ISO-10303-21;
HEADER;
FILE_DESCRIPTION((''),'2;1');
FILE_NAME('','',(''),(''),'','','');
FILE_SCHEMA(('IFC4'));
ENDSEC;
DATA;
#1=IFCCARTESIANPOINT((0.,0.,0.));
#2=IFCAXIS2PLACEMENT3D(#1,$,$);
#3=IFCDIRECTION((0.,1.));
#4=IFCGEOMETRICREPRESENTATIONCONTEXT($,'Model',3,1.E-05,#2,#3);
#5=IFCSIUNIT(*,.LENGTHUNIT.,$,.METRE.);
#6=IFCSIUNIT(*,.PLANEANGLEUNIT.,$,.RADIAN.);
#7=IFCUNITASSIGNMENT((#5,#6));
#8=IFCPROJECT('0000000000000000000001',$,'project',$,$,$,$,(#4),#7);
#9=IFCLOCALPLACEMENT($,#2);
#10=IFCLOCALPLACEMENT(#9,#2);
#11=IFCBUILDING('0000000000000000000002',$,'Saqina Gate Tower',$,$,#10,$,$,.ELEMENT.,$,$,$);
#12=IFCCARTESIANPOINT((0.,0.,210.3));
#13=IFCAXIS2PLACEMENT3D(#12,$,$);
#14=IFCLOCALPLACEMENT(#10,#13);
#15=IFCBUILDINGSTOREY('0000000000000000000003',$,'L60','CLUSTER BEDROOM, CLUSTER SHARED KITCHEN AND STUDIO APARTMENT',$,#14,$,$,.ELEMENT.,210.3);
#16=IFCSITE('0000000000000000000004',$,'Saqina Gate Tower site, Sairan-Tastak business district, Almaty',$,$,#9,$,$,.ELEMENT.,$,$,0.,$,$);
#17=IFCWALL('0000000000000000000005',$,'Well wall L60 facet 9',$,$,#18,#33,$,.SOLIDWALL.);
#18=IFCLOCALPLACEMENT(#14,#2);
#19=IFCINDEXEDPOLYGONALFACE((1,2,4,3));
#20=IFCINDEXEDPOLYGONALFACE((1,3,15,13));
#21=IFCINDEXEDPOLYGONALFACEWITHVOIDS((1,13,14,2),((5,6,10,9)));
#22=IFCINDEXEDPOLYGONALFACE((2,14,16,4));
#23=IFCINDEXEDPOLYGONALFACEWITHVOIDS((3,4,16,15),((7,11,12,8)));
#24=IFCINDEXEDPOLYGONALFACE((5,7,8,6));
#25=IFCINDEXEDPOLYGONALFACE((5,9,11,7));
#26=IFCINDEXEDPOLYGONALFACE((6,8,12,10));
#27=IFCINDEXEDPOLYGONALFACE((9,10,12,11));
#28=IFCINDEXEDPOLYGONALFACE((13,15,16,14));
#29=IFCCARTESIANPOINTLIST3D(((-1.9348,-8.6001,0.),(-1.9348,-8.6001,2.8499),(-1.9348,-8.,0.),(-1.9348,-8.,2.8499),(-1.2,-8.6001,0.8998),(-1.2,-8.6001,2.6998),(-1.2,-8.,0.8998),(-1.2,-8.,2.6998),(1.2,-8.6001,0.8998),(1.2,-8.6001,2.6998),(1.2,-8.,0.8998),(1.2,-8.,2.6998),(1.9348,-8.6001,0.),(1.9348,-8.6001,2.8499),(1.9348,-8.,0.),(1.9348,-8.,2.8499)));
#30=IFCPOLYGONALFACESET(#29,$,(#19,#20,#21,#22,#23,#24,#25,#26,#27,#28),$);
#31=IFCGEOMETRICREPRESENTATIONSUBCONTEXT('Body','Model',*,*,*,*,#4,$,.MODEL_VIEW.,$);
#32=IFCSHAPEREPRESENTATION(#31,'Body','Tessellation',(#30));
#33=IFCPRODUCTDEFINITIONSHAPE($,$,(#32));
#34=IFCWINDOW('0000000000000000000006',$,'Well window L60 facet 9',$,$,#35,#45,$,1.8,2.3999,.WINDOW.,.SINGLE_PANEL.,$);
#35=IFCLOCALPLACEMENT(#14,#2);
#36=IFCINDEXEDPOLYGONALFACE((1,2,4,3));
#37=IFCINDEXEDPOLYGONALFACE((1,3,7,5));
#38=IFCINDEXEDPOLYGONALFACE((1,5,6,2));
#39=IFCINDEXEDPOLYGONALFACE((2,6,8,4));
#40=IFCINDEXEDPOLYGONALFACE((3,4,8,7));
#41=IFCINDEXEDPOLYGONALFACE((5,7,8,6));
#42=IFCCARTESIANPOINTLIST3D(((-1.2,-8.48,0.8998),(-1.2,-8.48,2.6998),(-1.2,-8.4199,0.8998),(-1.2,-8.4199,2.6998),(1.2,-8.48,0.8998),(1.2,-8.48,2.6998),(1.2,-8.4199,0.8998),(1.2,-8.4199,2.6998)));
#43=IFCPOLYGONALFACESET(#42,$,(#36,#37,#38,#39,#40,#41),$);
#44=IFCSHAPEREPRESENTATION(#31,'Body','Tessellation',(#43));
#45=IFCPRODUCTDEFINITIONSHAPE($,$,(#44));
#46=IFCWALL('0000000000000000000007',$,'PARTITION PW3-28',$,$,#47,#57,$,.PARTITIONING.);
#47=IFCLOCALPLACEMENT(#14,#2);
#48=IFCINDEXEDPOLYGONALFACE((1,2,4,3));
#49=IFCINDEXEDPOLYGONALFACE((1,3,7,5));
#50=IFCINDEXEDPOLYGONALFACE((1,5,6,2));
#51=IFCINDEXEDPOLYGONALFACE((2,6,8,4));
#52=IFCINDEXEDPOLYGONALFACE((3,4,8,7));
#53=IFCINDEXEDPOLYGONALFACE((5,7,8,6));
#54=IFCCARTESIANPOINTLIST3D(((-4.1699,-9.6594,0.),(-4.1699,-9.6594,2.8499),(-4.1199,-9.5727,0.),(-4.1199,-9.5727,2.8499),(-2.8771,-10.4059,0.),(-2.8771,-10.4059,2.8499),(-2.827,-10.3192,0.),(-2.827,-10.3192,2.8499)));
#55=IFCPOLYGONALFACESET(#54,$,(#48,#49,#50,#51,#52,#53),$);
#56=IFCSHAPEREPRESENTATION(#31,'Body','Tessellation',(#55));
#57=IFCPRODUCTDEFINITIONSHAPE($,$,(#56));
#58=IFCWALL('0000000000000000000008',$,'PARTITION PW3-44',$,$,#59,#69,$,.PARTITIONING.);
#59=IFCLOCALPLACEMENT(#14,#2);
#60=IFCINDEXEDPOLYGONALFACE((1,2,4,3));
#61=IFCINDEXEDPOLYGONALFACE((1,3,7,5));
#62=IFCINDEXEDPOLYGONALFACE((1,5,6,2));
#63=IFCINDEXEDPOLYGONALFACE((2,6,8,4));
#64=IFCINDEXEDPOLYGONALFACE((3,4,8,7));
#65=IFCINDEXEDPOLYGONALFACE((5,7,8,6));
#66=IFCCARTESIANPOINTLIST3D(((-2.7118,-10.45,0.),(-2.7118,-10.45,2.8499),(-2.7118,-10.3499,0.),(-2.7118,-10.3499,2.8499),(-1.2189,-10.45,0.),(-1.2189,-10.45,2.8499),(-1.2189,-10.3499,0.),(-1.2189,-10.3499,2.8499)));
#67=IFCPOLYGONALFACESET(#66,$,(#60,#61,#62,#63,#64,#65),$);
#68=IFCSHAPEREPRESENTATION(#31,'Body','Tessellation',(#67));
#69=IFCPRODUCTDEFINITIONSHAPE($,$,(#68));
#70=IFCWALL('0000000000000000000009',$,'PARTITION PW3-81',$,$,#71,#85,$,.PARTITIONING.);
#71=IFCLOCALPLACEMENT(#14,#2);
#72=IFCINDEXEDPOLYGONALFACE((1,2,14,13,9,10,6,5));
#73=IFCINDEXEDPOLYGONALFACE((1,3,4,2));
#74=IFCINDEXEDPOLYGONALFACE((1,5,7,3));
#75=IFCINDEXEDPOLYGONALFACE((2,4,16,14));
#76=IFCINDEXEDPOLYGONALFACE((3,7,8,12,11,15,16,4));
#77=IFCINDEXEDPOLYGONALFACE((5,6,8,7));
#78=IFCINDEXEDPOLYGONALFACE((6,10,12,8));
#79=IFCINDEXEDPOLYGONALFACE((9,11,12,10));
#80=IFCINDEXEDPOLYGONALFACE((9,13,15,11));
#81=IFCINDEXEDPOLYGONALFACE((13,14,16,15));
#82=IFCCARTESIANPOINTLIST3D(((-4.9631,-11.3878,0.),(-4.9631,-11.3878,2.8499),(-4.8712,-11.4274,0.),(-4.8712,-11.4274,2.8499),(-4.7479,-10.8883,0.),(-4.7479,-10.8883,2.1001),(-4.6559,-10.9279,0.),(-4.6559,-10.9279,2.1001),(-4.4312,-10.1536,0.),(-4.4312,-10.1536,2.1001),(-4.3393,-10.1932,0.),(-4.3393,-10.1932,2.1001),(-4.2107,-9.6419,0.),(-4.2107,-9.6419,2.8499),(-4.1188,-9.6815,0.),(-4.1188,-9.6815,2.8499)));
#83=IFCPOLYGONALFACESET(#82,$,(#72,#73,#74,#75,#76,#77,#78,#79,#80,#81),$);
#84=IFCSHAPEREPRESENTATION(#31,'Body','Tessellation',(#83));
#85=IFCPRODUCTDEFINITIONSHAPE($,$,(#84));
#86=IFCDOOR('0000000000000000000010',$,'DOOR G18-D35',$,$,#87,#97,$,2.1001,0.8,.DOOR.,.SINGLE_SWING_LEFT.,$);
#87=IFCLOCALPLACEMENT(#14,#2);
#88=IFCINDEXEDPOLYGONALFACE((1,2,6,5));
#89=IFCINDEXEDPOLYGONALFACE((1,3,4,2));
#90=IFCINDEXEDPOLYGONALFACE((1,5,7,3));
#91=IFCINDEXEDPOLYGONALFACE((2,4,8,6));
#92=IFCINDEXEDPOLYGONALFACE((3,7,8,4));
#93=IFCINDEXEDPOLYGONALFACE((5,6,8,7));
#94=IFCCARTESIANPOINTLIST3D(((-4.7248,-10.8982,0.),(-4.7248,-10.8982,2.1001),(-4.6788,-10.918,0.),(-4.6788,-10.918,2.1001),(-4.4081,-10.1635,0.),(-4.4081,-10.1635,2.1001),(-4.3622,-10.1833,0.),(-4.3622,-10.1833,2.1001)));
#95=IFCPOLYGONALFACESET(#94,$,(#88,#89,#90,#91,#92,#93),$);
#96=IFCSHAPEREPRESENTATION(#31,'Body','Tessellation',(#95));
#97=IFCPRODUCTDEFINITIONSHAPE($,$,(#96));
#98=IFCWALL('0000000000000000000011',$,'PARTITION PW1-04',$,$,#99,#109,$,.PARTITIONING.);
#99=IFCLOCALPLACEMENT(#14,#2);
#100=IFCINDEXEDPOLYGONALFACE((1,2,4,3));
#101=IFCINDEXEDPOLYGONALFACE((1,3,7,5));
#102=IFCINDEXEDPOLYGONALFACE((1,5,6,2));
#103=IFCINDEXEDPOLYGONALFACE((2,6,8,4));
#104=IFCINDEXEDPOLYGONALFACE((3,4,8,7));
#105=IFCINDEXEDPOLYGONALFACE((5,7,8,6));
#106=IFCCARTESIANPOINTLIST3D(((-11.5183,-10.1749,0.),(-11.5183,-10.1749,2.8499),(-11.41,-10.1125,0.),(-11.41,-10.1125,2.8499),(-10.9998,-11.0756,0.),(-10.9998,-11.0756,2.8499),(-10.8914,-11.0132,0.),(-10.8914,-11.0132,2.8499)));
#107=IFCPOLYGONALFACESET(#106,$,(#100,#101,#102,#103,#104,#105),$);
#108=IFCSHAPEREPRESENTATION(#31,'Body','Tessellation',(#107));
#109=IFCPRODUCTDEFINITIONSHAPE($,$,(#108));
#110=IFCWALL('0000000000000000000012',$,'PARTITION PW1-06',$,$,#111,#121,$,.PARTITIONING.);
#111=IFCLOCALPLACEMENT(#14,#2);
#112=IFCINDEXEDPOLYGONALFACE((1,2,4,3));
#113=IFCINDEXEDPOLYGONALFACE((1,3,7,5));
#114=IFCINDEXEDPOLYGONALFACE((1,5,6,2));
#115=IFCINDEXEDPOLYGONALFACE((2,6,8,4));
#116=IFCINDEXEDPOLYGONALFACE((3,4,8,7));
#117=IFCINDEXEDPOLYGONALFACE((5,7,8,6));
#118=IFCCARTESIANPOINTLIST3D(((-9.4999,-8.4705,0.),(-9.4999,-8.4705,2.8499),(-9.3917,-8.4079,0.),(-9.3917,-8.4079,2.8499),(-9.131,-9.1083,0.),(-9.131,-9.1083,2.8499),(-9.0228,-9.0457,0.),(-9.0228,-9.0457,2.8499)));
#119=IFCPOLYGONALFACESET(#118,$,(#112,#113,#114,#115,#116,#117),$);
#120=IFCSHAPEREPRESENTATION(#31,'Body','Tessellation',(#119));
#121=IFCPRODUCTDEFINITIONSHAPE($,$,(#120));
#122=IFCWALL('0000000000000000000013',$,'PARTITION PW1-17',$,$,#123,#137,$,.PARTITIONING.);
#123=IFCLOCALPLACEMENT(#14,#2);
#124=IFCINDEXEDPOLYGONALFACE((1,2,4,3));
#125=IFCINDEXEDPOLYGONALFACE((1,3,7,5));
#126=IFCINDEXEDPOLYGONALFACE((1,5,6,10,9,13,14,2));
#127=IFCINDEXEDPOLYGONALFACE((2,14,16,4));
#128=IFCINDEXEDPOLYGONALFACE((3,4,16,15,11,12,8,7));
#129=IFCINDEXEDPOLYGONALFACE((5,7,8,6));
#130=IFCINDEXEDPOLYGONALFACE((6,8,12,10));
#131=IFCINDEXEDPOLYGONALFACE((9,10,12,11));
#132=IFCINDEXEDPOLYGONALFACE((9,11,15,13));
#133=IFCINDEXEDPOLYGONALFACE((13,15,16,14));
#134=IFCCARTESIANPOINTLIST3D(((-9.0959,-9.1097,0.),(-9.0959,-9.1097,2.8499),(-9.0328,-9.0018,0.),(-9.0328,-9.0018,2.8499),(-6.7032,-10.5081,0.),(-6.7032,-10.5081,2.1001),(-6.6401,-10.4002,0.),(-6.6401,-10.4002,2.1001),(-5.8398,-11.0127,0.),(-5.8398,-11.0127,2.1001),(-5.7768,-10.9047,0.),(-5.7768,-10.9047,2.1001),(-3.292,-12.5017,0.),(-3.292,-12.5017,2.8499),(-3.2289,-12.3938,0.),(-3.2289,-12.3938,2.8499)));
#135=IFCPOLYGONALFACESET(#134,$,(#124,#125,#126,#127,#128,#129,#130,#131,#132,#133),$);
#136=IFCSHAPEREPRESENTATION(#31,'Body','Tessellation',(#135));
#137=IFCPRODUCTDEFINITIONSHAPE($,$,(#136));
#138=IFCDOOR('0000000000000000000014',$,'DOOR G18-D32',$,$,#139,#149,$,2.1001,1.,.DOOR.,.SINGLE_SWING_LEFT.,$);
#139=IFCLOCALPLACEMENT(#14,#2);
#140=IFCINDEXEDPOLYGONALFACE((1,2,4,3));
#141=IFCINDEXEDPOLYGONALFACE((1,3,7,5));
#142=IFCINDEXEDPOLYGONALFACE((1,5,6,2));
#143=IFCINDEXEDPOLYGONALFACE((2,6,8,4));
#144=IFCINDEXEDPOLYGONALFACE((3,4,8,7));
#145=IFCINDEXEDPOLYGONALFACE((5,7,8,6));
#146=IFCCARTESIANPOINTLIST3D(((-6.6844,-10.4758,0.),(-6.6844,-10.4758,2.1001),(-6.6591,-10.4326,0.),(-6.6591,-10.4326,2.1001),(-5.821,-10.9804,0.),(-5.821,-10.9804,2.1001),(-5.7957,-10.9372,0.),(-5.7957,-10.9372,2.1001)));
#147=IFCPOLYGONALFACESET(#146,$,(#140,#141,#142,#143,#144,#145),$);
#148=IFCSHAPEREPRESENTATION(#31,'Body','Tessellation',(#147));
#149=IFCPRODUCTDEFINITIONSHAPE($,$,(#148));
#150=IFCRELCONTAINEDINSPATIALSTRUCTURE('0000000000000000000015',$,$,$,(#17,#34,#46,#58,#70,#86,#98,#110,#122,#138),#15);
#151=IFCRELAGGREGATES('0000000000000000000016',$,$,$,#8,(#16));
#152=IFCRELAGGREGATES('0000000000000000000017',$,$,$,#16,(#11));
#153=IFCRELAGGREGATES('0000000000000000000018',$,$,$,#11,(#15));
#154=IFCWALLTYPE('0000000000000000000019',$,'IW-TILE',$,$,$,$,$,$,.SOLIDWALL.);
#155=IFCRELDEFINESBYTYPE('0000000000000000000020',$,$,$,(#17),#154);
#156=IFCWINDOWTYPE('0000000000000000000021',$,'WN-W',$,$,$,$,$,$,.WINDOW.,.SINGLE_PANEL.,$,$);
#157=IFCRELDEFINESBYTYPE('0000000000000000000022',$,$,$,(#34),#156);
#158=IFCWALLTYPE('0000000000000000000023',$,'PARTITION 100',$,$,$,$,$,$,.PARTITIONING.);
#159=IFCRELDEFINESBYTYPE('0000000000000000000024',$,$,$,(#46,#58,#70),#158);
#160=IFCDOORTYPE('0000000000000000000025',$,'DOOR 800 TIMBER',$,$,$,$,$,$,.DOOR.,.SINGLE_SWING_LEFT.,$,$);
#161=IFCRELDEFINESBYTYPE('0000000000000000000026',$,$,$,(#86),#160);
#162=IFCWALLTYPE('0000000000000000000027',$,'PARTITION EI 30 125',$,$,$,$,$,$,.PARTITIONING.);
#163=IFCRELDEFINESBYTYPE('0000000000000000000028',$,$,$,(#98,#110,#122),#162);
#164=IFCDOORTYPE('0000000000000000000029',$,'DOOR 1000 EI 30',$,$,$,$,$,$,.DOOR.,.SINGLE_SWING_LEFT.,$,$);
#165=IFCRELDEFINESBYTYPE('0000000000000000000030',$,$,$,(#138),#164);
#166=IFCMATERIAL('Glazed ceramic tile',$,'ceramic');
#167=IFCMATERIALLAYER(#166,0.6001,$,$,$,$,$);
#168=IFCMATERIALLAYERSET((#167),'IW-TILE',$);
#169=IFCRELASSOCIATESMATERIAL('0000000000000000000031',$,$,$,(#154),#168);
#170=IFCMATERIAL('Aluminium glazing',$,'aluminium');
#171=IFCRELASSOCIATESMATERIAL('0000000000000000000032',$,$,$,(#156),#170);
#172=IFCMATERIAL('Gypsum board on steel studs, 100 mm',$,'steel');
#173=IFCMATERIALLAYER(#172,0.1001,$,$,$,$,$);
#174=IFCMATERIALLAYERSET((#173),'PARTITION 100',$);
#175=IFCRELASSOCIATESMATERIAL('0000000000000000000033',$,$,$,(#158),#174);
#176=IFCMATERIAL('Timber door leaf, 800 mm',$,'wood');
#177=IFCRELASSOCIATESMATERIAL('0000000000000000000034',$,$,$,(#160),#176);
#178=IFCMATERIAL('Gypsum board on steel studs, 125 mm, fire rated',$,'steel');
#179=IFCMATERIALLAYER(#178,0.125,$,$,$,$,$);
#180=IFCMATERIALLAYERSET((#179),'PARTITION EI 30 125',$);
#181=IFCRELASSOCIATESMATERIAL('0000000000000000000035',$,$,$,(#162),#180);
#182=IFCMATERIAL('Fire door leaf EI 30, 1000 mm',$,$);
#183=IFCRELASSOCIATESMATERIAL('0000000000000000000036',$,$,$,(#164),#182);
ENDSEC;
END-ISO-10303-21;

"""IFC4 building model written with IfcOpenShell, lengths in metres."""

from ifc_helpers import new_model, si_unit, direction, frame, frame_2d, origin, place, context, subcontext, project, spatial, rectangle, extrude, material, layer, layer_set, type_object, element, fill, save


model = new_model("IFC4")

# Units and contexts
model_context = context("Model", 3, precision=1e-05, world=origin(), true_north=direction((0.0, 1.0)))
body_context = subcontext(model_context, "Body", "Model", "MODEL_VIEW")
ifc_project = project(units=[si_unit("LENGTHUNIT", "METRE"), si_unit("PLANEANGLEUNIT", "RADIAN")], contexts=[model_context])

# Site, building, storey
site_placement = place(None, origin())
site = spatial("IfcSite", under=ifc_project, at=site_placement, Name="Saqina Gate Tower site, Sairan-Tastak business district, Almaty", CompositionType="ELEMENT", RefElevation=0.0)
building_placement = place(site_placement, origin())
building = spatial("IfcBuilding", under=site, at=building_placement, Name="Saqina Gate Tower", CompositionType="ELEMENT")
storey_placement = place(building_placement, frame((0.0, 0.0, 210.3)))
storey = spatial("IfcBuildingStorey", under=building, at=storey_placement, Name="L60", Description="CLUSTER BEDROOM, CLUSTER SHARED KITCHEN AND STUDIO APARTMENT", CompositionType="ELEMENT", Elevation=210.3)

# Wall, opening, window
ifc_material_1 = material(Name="Glazed ceramic tile", Category="ceramic")
ifc_layer_1 = layer(ifc_material_1, 0.6001)
ifc_layer_set_1 = layer_set([ifc_layer_1], Name="IW-TILE")
wall_type_1 = type_object("IfcWallType", Name="IW-TILE", PredefinedType="SOLIDWALL", material=ifc_layer_set_1)
ifc_material_2 = material(Name="Aluminium glazing", Category="aluminium")
window_type = type_object("IfcWindowType", Name="WN-W", PartitioningType="SINGLE_PANEL", PredefinedType="WINDOW", material=ifc_material_2)
wall_1_placement = place(storey_placement, frame((-1.9348, -8.3, 0.0), z_axis=(0.0, 0.0, 1.0), x_axis=(1.0, 0.0, 0.0)))
wall_1 = element("IfcWall", 1, at=wall_1_placement, inside=storey, type_object=wall_type_1, Name="Well wall L60 facet 9", PredefinedType="SOLIDWALL", context=body_context, shape_type="SweptSolid", body=[
    extrude(rectangle(XDim=3.8696, YDim=0.6001, at=frame_2d((1.9348, 0.0))), origin(), (0.0, 0.0, 1.0), 2.8499),
])
opening_1_placement = place(wall_1_placement, frame((0.7349, 0.0, 0.8999)))
opening_1 = element("IfcOpeningElement", 2, at=opening_1_placement, cuts=wall_1, PredefinedType="OPENING", context=body_context, shape_type="SweptSolid", body=[
    extrude(rectangle(XDim=2.3999, YDim=1.8, at=frame_2d((1.2, 0.8999))), frame((0.0, 0.312, 0.0), z_axis=(0.0, -1.0, 0.0), x_axis=(1.0, 0.0, 0.0)), (0.0, 0.0, 1.0), 0.624),
])
window_1_placement = place(opening_1_placement, origin())
window_1 = element("IfcWindow", 3, at=window_1_placement, inside=storey, type_object=window_type, Name="Well window L60 facet 9", OverallHeight=1.8, OverallWidth=2.3999, PartitioningType="SINGLE_PANEL", PredefinedType="WINDOW", context=body_context, shape_type="SweptSolid", body=[
    extrude(rectangle(XDim=2.3999, YDim=1.8, at=frame_2d((1.2, 0.8999))), frame((0.0, -0.1199, 0.0), z_axis=(0.0, -1.0, 0.0), x_axis=(1.0, 0.0, 0.0)), (0.0, 0.0, 1.0), 0.0601),
])
fill(opening_1, window_1)

# Walls
ifc_material_3 = material(Name="Gypsum board on steel studs, 100 mm", Category="steel")
ifc_layer_2 = layer(ifc_material_3, 0.1001)
ifc_layer_set_2 = layer_set([ifc_layer_2], Name="PARTITION 100")
wall_type_2 = type_object("IfcWallType", Name="PARTITION 100", PredefinedType="PARTITIONING", material=ifc_layer_set_2)
for number, where, z_axis, x_axis, name in (
    (4, (-4.145, -9.616, 0.0), (0.0, 0.0, 1.0), (0.866, -0.500043, 0.0), "PARTITION PW3-28"),
    (5, (-2.7119, -10.3999, 0.0), (0.0, 0.0, 1.0), (1.0, 0.0, 0.0), "PARTITION PW3-44"),
):
    element("IfcWall", number, at=place(storey_placement, frame(where, z_axis=z_axis, x_axis=x_axis)), inside=storey, type_object=wall_type_2, Name=name, PredefinedType="PARTITIONING", context=body_context, shape_type="SweptSolid", body=[
        extrude(rectangle(XDim=1.4929, YDim=0.1001, at=frame_2d((0.7466, 0.0))), origin(), (0.0, 0.0, 1.0), 2.8499),
    ])

# Wall, opening, door
wall_2_placement = place(storey_placement, frame((-4.9172, -11.4077, 0.0), z_axis=(0.0, 0.0, 1.0), x_axis=(0.395794, 0.918339, 0.0)))
wall_2 = element("IfcWall", 6, at=wall_2_placement, inside=storey, type_object=wall_type_2, Name="PARTITION PW3-81", PredefinedType="PARTITIONING", context=body_context, shape_type="SweptSolid", body=[
    extrude(rectangle(XDim=1.9011, YDim=0.1001, at=frame_2d((0.9507, 0.0))), origin(), (0.0, 0.0, 1.0), 2.8499),
])
opening_2_placement = place(wall_2_placement, frame((0.5442, 0.0, 0.0)))
opening_2 = element("IfcOpeningElement", 7, at=opening_2_placement, cuts=wall_2, PredefinedType="OPENING", context=body_context, shape_type="SweptSolid", body=[
    extrude(rectangle(XDim=0.8, YDim=2.1001, at=frame_2d((0.3999, 1.05))), frame((0.0, 0.062, 0.0), z_axis=(0.0, -1.0, 0.0), x_axis=(1.0, 0.0, 0.0)), (0.0, 0.0, 1.0), 0.124),
])
ifc_material_4 = material(Name="Timber door leaf, 800 mm", Category="wood")
door_type_1 = type_object("IfcDoorType", Name="DOOR 800 TIMBER", OperationType="SINGLE_SWING_LEFT", PredefinedType="DOOR", material=ifc_material_4)
door_1_placement = place(opening_2_placement, origin())
door_1 = element("IfcDoor", 8, at=door_1_placement, inside=storey, type_object=door_type_1, Name="DOOR G18-D35", OperationType="SINGLE_SWING_LEFT", OverallHeight=2.1001, OverallWidth=0.8, PredefinedType="DOOR", context=body_context, shape_type="SweptSolid", body=[
    extrude(rectangle(XDim=0.8, YDim=2.1001, at=frame_2d((0.3999, 1.05))), frame((0.0, 0.0249, 0.0), z_axis=(0.0, -1.0, 0.0), x_axis=(1.0, 0.0, 0.0)), (0.0, 0.0, 1.0), 0.05),
])
fill(opening_2, door_1)

# Walls
ifc_material_5 = material(Name="Gypsum board on steel studs, 125 mm, fire rated", Category="steel")
ifc_layer_3 = layer(ifc_material_5, 0.125)
ifc_layer_set_3 = layer_set([ifc_layer_3], Name="PARTITION EI 30 125")
wall_type_3 = type_object("IfcWallType", Name="PARTITION EI 30 125", PredefinedType="PARTITIONING", material=ifc_layer_set_3)
wall_3_placement = place(storey_placement, frame((-11.4641, -10.1438, 0.0), z_axis=(0.0, 0.0, 1.0), x_axis=(0.49897, -0.866619, 0.0)))
element("IfcWall", 9, at=wall_3_placement, inside=storey, type_object=wall_type_3, Name="PARTITION PW1-04", PredefinedType="PARTITIONING", context=body_context, shape_type="SweptSolid", body=[
    extrude(rectangle(XDim=1.0393, YDim=0.125, at=frame_2d((0.5195, 0.0))), origin(), (0.0, 0.0, 1.0), 2.8499),
])
wall_4_placement = place(storey_placement, frame((-9.4458, -8.4392, 0.0), z_axis=(0.0, 0.0, 1.0), x_axis=(0.500736, -0.8656, 0.0)))
element("IfcWall", 10, at=wall_4_placement, inside=storey, type_object=wall_type_3, Name="PARTITION PW1-06", PredefinedType="PARTITIONING", context=body_context, shape_type="SweptSolid", body=[
    extrude(rectangle(XDim=0.7368, YDim=0.125, at=frame_2d((0.3684, 0.0))), origin(), (0.0, 0.0, 1.0), 2.8499),
])

# Wall, opening, door
wall_5_placement = place(storey_placement, frame((-9.0645, -9.0557, 0.0), z_axis=(0.0, 0.0, 1.0), x_axis=(0.863361, -0.504587, 0.0)))
wall_5 = element("IfcWall", 11, at=wall_5_placement, inside=storey, type_object=wall_type_3, Name="PARTITION PW1-17", PredefinedType="PARTITIONING", context=body_context, shape_type="SweptSolid", body=[
    extrude(rectangle(XDim=6.7224, YDim=0.125, at=frame_2d((3.3613, 0.0))), origin(), (0.0, 0.0, 1.0), 2.8499),
])
opening_3_placement = place(wall_5_placement, frame((2.7715, 0.0, 0.0)))
opening_3 = element("IfcOpeningElement", 12, at=opening_3_placement, cuts=wall_5, PredefinedType="OPENING", context=body_context, shape_type="SweptSolid", body=[
    extrude(rectangle(XDim=1.0, YDim=2.1001, at=frame_2d((0.5, 1.05))), frame((0.0, 0.0745, 0.0), z_axis=(0.0, -1.0, 0.0), x_axis=(1.0, 0.0, 0.0)), (0.0, 0.0, 1.0), 0.1489),
])
ifc_material_6 = material(Name="Fire door leaf EI 30, 1000 mm")
door_type_2 = type_object("IfcDoorType", Name="DOOR 1000 EI 30", OperationType="SINGLE_SWING_LEFT", PredefinedType="DOOR", material=ifc_material_6)
door_2_placement = place(opening_3_placement, origin())
door_2 = element("IfcDoor", 13, at=door_2_placement, inside=storey, type_object=door_type_2, Name="DOOR G18-D32", OperationType="SINGLE_SWING_LEFT", OverallHeight=2.1001, OverallWidth=1.0, PredefinedType="DOOR", context=body_context, shape_type="SweptSolid", body=[
    extrude(rectangle(XDim=1.0, YDim=2.1001, at=frame_2d((0.5, 1.05))), frame((0.0, 0.0249, 0.0), z_axis=(0.0, -1.0, 0.0), x_axis=(1.0, 0.0, 0.0)), (0.0, 0.0, 1.0), 0.05),
])
fill(opening_3, door_2)

save(model, "model.ifc")
